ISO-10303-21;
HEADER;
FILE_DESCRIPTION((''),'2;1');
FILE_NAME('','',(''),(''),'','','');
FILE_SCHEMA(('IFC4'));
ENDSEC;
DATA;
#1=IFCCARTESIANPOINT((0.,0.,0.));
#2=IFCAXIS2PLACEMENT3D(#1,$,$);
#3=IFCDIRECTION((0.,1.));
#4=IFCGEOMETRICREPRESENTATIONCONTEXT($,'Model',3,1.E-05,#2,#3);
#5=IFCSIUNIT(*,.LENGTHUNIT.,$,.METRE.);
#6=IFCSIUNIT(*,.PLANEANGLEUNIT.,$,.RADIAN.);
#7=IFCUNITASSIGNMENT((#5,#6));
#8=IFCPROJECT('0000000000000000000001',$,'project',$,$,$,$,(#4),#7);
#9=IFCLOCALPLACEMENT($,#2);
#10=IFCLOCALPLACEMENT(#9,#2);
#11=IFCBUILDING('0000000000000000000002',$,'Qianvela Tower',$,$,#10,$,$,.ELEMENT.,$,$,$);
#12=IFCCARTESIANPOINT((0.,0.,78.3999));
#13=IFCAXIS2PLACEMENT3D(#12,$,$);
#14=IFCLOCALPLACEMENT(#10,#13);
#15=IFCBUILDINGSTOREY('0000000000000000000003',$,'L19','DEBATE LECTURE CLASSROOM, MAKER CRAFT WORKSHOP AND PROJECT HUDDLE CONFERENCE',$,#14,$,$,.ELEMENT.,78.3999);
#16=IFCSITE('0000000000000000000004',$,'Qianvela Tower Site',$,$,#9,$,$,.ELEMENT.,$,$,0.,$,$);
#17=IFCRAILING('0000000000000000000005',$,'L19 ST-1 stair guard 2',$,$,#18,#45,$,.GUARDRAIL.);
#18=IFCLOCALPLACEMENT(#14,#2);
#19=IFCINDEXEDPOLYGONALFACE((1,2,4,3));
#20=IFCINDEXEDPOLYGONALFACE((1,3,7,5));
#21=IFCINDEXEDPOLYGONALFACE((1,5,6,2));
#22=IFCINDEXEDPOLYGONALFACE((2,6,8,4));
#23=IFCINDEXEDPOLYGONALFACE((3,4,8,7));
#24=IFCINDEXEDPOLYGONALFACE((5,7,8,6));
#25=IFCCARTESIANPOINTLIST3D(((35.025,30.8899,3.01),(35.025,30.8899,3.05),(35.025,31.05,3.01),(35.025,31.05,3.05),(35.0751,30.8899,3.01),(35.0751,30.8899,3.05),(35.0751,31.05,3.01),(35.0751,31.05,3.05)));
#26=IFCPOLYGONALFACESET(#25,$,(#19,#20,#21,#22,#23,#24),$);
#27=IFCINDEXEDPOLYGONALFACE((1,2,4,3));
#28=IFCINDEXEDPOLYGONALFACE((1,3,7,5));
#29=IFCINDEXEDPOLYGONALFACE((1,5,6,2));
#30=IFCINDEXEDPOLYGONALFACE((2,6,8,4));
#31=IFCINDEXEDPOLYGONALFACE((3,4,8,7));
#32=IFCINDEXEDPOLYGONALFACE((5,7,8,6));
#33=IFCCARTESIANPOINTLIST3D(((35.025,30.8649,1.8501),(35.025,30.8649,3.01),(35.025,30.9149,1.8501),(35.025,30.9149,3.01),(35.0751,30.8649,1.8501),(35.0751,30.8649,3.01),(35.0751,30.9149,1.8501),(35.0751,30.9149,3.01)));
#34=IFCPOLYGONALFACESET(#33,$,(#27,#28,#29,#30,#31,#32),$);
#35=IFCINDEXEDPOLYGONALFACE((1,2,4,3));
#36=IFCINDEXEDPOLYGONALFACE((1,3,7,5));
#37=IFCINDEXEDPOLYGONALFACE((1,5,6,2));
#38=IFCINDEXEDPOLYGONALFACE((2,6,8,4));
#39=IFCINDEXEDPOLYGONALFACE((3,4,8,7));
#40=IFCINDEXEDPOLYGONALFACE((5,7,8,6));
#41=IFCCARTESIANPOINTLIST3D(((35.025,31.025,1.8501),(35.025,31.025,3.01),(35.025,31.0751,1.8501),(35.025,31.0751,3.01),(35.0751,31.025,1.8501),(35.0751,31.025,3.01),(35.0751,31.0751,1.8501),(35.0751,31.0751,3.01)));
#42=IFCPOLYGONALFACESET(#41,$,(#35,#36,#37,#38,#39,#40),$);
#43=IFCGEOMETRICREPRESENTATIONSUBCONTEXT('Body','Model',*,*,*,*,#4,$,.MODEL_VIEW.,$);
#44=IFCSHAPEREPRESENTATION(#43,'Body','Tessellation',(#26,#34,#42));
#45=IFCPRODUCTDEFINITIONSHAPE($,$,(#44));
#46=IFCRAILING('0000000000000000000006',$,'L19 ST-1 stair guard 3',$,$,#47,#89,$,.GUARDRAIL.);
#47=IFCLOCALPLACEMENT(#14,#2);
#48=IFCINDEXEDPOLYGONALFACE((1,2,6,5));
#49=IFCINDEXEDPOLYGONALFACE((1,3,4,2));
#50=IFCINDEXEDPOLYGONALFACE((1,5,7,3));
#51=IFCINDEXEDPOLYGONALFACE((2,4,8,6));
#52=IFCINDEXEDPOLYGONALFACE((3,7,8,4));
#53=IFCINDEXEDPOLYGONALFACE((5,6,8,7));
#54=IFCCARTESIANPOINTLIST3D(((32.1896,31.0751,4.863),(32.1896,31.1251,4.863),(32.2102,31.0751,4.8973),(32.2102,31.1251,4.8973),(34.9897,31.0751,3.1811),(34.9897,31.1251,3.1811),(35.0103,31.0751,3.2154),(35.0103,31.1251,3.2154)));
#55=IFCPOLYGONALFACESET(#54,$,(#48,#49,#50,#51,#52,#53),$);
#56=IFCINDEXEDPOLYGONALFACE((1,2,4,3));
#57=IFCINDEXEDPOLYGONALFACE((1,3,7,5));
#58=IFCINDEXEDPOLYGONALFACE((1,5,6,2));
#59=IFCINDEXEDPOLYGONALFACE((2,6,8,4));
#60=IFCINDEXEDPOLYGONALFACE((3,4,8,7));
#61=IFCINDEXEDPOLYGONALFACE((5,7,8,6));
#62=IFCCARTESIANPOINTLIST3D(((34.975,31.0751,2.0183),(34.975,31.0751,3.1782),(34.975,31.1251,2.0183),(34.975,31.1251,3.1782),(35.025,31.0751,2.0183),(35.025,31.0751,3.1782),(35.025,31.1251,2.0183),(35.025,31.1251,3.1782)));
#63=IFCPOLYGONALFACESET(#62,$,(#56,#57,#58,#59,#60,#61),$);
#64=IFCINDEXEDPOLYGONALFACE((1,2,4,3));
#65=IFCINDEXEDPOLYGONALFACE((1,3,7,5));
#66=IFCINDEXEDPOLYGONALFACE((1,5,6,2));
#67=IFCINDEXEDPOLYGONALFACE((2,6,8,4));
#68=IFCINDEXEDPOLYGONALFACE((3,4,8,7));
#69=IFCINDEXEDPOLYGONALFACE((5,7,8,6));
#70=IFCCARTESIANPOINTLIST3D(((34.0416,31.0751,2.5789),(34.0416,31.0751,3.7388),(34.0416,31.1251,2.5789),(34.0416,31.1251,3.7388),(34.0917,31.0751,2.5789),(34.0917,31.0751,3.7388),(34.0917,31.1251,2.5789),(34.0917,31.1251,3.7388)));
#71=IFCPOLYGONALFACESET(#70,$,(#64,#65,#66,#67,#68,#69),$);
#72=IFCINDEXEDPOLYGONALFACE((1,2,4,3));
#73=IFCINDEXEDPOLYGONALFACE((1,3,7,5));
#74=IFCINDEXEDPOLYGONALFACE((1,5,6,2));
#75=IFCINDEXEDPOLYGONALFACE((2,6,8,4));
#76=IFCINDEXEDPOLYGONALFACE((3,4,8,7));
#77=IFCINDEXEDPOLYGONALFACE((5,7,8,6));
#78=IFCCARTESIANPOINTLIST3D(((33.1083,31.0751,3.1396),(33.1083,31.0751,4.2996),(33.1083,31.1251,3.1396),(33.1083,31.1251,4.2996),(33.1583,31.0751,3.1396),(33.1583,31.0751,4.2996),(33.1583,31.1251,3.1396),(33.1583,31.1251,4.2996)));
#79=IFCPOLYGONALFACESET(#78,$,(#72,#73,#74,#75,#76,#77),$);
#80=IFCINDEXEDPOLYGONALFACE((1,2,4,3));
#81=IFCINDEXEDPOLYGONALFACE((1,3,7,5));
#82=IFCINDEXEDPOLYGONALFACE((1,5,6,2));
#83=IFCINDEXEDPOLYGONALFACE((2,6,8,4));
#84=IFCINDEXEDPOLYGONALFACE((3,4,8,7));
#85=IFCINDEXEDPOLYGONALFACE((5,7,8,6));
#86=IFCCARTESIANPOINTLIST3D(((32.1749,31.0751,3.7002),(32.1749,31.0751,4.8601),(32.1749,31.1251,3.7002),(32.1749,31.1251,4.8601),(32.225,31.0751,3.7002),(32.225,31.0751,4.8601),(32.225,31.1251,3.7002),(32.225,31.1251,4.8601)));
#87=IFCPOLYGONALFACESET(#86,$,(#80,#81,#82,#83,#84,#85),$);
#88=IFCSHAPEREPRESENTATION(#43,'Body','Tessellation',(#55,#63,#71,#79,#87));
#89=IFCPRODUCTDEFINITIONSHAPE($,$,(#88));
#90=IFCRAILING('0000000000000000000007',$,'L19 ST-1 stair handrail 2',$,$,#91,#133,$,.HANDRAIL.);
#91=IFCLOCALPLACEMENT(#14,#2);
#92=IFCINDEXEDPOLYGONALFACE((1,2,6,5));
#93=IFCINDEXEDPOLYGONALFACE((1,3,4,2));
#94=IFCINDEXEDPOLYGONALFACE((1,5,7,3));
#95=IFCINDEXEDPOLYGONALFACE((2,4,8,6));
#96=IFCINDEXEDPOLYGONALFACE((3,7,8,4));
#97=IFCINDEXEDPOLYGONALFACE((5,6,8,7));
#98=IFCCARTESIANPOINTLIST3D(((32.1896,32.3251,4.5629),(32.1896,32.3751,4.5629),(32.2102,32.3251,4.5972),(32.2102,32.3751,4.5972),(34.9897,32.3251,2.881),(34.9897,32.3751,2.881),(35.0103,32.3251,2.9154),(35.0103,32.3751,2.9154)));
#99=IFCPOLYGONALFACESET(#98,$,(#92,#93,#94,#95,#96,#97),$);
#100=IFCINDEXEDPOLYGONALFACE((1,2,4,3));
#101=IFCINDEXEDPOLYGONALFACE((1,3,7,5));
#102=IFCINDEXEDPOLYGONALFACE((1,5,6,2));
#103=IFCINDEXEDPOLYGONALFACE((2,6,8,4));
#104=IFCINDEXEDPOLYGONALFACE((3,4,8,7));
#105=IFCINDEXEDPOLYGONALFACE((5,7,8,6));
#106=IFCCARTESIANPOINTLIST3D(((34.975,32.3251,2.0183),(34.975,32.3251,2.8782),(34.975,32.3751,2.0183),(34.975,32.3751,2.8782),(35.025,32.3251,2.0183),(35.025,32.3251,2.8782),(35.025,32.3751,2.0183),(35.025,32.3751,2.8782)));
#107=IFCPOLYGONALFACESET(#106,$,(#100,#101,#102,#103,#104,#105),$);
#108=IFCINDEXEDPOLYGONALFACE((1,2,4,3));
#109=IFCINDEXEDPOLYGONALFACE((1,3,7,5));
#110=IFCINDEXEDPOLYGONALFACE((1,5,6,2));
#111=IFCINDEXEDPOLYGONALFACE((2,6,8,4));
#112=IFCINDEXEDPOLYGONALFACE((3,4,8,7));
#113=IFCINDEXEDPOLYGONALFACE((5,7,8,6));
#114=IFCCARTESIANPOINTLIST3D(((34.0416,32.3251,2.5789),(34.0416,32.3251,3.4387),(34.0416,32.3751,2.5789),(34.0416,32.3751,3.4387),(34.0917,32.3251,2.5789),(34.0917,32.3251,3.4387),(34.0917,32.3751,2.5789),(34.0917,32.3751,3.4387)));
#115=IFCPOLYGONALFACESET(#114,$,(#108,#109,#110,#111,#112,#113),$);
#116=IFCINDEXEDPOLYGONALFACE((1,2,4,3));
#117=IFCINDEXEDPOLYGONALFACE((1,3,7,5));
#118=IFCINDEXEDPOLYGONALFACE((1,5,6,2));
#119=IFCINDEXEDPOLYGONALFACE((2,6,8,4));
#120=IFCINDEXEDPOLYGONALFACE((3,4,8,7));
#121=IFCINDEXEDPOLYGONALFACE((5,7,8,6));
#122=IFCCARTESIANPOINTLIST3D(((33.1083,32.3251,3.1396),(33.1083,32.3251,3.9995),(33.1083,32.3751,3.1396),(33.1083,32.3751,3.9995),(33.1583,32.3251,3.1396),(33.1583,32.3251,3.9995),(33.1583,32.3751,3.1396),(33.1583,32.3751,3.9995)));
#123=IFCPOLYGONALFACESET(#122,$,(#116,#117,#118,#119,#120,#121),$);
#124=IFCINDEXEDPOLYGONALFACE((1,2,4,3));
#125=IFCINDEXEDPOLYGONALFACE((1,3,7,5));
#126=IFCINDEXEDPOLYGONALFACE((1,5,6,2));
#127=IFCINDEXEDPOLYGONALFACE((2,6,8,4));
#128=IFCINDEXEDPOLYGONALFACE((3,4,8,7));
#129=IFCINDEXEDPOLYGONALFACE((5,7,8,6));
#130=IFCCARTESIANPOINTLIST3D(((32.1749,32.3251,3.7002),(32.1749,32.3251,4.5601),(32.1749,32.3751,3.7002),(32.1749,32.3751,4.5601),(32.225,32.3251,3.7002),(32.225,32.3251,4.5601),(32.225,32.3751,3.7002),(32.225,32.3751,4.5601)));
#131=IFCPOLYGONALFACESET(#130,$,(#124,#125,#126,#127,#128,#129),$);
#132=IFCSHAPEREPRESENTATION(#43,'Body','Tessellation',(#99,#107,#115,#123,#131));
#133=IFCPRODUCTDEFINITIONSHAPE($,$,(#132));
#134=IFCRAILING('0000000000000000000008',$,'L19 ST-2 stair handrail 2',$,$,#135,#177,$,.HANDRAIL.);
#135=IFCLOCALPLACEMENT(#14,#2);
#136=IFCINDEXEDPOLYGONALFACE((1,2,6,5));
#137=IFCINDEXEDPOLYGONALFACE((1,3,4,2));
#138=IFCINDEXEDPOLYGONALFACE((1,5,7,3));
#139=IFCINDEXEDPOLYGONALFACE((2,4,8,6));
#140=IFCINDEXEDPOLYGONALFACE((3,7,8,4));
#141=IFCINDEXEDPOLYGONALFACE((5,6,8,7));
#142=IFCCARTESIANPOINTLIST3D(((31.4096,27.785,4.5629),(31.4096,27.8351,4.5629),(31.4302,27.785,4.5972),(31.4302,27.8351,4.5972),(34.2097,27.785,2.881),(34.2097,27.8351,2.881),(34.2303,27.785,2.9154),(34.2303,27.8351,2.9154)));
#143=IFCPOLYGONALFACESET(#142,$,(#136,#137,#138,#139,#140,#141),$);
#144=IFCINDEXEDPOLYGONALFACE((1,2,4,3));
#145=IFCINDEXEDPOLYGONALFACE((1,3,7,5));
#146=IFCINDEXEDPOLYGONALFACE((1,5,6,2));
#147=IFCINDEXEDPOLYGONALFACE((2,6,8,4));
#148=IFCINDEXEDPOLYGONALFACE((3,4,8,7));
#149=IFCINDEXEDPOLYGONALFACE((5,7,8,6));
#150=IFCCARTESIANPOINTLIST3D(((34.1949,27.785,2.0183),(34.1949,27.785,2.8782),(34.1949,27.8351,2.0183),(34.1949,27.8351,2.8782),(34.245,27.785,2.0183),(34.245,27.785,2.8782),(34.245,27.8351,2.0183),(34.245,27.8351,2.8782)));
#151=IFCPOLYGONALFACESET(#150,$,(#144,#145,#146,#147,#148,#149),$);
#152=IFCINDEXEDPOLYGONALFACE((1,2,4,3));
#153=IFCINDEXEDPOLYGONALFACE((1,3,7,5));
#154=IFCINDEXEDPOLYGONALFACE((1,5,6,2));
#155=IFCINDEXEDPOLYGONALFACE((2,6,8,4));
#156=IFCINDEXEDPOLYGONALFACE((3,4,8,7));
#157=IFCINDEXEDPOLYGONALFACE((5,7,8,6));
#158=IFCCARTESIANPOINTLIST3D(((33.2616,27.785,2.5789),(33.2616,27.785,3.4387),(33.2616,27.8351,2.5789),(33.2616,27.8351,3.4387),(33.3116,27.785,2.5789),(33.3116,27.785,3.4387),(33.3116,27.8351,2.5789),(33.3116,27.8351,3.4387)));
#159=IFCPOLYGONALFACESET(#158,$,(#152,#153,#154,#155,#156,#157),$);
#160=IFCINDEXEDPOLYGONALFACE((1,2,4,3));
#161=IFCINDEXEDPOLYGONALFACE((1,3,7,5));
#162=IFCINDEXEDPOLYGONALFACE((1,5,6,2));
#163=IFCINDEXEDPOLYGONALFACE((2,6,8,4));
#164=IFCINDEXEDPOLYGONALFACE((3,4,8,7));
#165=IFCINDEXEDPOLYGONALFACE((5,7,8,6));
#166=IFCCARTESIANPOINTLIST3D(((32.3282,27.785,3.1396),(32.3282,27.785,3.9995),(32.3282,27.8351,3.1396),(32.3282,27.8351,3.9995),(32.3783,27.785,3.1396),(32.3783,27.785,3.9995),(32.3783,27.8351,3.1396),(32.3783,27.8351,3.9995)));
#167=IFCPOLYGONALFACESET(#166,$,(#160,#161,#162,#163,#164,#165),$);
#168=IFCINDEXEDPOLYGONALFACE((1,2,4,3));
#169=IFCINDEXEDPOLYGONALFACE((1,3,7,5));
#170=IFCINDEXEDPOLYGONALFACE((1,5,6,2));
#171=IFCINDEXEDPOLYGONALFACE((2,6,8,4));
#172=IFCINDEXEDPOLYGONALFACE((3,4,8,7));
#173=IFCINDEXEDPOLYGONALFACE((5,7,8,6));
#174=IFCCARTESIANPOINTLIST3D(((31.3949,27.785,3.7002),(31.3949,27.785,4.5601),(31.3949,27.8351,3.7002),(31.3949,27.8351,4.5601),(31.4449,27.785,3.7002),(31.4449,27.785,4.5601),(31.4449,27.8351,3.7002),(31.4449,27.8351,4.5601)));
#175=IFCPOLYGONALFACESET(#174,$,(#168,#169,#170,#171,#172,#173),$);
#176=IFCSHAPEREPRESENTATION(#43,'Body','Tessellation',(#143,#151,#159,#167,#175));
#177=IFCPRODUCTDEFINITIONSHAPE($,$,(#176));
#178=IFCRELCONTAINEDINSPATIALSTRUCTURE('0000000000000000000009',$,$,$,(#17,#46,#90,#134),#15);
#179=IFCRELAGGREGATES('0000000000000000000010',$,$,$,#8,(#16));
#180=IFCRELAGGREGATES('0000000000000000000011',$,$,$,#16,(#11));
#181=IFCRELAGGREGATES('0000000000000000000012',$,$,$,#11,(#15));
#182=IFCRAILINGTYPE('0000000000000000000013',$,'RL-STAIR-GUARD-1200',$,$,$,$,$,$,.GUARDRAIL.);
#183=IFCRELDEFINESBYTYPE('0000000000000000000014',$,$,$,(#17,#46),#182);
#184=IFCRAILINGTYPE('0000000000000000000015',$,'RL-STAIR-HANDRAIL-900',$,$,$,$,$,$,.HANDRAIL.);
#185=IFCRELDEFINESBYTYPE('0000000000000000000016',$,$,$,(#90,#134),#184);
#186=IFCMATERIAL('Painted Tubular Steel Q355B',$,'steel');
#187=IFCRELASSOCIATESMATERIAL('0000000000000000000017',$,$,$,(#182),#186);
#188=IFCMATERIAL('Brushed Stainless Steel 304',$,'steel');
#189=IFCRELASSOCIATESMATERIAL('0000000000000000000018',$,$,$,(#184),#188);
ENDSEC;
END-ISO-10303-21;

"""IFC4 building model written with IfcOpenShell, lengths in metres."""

from ifc_helpers import new_model, si_unit, direction, frame, origin, origin_2d, place, context, subcontext, project, spatial, rectangle, extrude, material, type_object, element, save


model = new_model("IFC4")

# Units and contexts
model_context = context("Model", 3, precision=1e-05, world=origin(), true_north=direction((0.0, 1.0)))
body_context = subcontext(model_context, "Body", "Model", "MODEL_VIEW")
ifc_project = project(units=[si_unit("LENGTHUNIT", "METRE"), si_unit("PLANEANGLEUNIT", "RADIAN")], contexts=[model_context])

# Site, building, storey
site_placement = place(None, origin())
site = spatial("IfcSite", under=ifc_project, at=site_placement, Name="Qianvela Tower Site", CompositionType="ELEMENT", RefElevation=0.0)
building_placement = place(site_placement, origin())
building = spatial("IfcBuilding", under=site, at=building_placement, Name="Qianvela Tower", CompositionType="ELEMENT")
storey_placement = place(building_placement, frame((0.0, 0.0, 78.3999)))
storey = spatial("IfcBuildingStorey", under=building, at=storey_placement, Name="L19", Description="DEBATE LECTURE CLASSROOM, MAKER CRAFT WORKSHOP AND PROJECT HUDDLE CONFERENCE", CompositionType="ELEMENT", Elevation=78.3999)

# Railings
ifc_material_1 = material(Name="Painted Tubular Steel Q355B", Category="steel")
railing_type_1 = type_object("IfcRailingType", Name="RL-STAIR-GUARD-1200", PredefinedType="GUARDRAIL", material=ifc_material_1)
railing_1_placement = place(storey_placement, frame((35.05, 30.8899, 1.8501)))
element("IfcRailing", 1, at=railing_1_placement, inside=storey, type_object=railing_type_1, Name="L19 ST-1 stair guard 2", PredefinedType="GUARDRAIL", context=body_context, shape_type="SweptSolid", body=[
    extrude(rectangle(XDim=0.05, YDim=0.04, at=origin_2d()), frame((0.0, 0.0, 1.1799), z_axis=(0.0, 1.0, 0.0), x_axis=(-1.0, 0.0, 0.0)), (0.0, 0.0, 1.0), 0.1602),
    extrude(rectangle(XDim=0.05, YDim=0.05, at=origin_2d()), origin(), (0.0, 0.0, 1.0), 1.1599),
    extrude(rectangle(XDim=0.05, YDim=0.05, at=origin_2d()), frame((0.0, 0.1602, 0.0)), (0.0, 0.0, 1.0), 1.1599),
])
railing_2_placement = place(storey_placement, frame((35.0, 31.1001, 2.0183)))
element("IfcRailing", 2, at=railing_2_placement, inside=storey, type_object=railing_type_1, Name="L19 ST-1 stair guard 3", PredefinedType="GUARDRAIL", context=body_context, shape_type="SweptSolid", body=[
    extrude(rectangle(XDim=0.05, YDim=0.04, at=origin_2d()), frame((0.0, 0.0, 1.1799), z_axis=(-0.857242, 0.0, 0.514913), x_axis=(0.0, -1.0, 0.0)), (0.0, 0.0, 1.0), 3.2664),
    extrude(rectangle(XDim=0.05, YDim=0.05, at=origin_2d()), origin(), (0.0, 0.0, 1.0), 1.1599),
    extrude(rectangle(XDim=0.05, YDim=0.05, at=origin_2d()), frame((-0.9333, 0.0, 0.5605)), (0.0, 0.0, 1.0), 1.1599),
    extrude(rectangle(XDim=0.05, YDim=0.05, at=origin_2d()), frame((-1.8667, 0.0, 1.1213)), (0.0, 0.0, 1.0), 1.1599),
    extrude(rectangle(XDim=0.05, YDim=0.05, at=origin_2d()), frame((-2.8, 0.0, 1.6819)), (0.0, 0.0, 1.0), 1.1599),
])
ifc_material_2 = material(Name="Brushed Stainless Steel 304", Category="steel")
railing_type_2 = type_object("IfcRailingType", Name="RL-STAIR-HANDRAIL-900", PredefinedType="HANDRAIL", material=ifc_material_2)
for number, where, name in (
    (3, (35.0, 32.3501, 2.0183), "L19 ST-1 stair handrail 2"),
    (4, (34.22, 27.8101, 2.0183), "L19 ST-2 stair handrail 2"),
):
    element("IfcRailing", number, at=place(storey_placement, frame(where)), inside=storey, type_object=railing_type_2, Name=name, PredefinedType="HANDRAIL", context=body_context, shape_type="SweptSolid", body=[
        extrude(rectangle(XDim=0.05, YDim=0.04, at=origin_2d()), frame((0.0, 0.0, 0.8799), z_axis=(-0.857242, 0.0, 0.514913), x_axis=(0.0, -1.0, 0.0)), (0.0, 0.0, 1.0), 3.2664),
        extrude(rectangle(XDim=0.05, YDim=0.05, at=origin_2d()), origin(), (0.0, 0.0, 1.0), 0.8599),
        extrude(rectangle(XDim=0.05, YDim=0.05, at=origin_2d()), frame((-0.9333, 0.0, 0.5605)), (0.0, 0.0, 1.0), 0.8599),
        extrude(rectangle(XDim=0.05, YDim=0.05, at=origin_2d()), frame((-1.8667, 0.0, 1.1213)), (0.0, 0.0, 1.0), 0.8599),
        extrude(rectangle(XDim=0.05, YDim=0.05, at=origin_2d()), frame((-2.8, 0.0, 1.6819)), (0.0, 0.0, 1.0), 0.8599),
    ])

save(model, "model.ifc")
